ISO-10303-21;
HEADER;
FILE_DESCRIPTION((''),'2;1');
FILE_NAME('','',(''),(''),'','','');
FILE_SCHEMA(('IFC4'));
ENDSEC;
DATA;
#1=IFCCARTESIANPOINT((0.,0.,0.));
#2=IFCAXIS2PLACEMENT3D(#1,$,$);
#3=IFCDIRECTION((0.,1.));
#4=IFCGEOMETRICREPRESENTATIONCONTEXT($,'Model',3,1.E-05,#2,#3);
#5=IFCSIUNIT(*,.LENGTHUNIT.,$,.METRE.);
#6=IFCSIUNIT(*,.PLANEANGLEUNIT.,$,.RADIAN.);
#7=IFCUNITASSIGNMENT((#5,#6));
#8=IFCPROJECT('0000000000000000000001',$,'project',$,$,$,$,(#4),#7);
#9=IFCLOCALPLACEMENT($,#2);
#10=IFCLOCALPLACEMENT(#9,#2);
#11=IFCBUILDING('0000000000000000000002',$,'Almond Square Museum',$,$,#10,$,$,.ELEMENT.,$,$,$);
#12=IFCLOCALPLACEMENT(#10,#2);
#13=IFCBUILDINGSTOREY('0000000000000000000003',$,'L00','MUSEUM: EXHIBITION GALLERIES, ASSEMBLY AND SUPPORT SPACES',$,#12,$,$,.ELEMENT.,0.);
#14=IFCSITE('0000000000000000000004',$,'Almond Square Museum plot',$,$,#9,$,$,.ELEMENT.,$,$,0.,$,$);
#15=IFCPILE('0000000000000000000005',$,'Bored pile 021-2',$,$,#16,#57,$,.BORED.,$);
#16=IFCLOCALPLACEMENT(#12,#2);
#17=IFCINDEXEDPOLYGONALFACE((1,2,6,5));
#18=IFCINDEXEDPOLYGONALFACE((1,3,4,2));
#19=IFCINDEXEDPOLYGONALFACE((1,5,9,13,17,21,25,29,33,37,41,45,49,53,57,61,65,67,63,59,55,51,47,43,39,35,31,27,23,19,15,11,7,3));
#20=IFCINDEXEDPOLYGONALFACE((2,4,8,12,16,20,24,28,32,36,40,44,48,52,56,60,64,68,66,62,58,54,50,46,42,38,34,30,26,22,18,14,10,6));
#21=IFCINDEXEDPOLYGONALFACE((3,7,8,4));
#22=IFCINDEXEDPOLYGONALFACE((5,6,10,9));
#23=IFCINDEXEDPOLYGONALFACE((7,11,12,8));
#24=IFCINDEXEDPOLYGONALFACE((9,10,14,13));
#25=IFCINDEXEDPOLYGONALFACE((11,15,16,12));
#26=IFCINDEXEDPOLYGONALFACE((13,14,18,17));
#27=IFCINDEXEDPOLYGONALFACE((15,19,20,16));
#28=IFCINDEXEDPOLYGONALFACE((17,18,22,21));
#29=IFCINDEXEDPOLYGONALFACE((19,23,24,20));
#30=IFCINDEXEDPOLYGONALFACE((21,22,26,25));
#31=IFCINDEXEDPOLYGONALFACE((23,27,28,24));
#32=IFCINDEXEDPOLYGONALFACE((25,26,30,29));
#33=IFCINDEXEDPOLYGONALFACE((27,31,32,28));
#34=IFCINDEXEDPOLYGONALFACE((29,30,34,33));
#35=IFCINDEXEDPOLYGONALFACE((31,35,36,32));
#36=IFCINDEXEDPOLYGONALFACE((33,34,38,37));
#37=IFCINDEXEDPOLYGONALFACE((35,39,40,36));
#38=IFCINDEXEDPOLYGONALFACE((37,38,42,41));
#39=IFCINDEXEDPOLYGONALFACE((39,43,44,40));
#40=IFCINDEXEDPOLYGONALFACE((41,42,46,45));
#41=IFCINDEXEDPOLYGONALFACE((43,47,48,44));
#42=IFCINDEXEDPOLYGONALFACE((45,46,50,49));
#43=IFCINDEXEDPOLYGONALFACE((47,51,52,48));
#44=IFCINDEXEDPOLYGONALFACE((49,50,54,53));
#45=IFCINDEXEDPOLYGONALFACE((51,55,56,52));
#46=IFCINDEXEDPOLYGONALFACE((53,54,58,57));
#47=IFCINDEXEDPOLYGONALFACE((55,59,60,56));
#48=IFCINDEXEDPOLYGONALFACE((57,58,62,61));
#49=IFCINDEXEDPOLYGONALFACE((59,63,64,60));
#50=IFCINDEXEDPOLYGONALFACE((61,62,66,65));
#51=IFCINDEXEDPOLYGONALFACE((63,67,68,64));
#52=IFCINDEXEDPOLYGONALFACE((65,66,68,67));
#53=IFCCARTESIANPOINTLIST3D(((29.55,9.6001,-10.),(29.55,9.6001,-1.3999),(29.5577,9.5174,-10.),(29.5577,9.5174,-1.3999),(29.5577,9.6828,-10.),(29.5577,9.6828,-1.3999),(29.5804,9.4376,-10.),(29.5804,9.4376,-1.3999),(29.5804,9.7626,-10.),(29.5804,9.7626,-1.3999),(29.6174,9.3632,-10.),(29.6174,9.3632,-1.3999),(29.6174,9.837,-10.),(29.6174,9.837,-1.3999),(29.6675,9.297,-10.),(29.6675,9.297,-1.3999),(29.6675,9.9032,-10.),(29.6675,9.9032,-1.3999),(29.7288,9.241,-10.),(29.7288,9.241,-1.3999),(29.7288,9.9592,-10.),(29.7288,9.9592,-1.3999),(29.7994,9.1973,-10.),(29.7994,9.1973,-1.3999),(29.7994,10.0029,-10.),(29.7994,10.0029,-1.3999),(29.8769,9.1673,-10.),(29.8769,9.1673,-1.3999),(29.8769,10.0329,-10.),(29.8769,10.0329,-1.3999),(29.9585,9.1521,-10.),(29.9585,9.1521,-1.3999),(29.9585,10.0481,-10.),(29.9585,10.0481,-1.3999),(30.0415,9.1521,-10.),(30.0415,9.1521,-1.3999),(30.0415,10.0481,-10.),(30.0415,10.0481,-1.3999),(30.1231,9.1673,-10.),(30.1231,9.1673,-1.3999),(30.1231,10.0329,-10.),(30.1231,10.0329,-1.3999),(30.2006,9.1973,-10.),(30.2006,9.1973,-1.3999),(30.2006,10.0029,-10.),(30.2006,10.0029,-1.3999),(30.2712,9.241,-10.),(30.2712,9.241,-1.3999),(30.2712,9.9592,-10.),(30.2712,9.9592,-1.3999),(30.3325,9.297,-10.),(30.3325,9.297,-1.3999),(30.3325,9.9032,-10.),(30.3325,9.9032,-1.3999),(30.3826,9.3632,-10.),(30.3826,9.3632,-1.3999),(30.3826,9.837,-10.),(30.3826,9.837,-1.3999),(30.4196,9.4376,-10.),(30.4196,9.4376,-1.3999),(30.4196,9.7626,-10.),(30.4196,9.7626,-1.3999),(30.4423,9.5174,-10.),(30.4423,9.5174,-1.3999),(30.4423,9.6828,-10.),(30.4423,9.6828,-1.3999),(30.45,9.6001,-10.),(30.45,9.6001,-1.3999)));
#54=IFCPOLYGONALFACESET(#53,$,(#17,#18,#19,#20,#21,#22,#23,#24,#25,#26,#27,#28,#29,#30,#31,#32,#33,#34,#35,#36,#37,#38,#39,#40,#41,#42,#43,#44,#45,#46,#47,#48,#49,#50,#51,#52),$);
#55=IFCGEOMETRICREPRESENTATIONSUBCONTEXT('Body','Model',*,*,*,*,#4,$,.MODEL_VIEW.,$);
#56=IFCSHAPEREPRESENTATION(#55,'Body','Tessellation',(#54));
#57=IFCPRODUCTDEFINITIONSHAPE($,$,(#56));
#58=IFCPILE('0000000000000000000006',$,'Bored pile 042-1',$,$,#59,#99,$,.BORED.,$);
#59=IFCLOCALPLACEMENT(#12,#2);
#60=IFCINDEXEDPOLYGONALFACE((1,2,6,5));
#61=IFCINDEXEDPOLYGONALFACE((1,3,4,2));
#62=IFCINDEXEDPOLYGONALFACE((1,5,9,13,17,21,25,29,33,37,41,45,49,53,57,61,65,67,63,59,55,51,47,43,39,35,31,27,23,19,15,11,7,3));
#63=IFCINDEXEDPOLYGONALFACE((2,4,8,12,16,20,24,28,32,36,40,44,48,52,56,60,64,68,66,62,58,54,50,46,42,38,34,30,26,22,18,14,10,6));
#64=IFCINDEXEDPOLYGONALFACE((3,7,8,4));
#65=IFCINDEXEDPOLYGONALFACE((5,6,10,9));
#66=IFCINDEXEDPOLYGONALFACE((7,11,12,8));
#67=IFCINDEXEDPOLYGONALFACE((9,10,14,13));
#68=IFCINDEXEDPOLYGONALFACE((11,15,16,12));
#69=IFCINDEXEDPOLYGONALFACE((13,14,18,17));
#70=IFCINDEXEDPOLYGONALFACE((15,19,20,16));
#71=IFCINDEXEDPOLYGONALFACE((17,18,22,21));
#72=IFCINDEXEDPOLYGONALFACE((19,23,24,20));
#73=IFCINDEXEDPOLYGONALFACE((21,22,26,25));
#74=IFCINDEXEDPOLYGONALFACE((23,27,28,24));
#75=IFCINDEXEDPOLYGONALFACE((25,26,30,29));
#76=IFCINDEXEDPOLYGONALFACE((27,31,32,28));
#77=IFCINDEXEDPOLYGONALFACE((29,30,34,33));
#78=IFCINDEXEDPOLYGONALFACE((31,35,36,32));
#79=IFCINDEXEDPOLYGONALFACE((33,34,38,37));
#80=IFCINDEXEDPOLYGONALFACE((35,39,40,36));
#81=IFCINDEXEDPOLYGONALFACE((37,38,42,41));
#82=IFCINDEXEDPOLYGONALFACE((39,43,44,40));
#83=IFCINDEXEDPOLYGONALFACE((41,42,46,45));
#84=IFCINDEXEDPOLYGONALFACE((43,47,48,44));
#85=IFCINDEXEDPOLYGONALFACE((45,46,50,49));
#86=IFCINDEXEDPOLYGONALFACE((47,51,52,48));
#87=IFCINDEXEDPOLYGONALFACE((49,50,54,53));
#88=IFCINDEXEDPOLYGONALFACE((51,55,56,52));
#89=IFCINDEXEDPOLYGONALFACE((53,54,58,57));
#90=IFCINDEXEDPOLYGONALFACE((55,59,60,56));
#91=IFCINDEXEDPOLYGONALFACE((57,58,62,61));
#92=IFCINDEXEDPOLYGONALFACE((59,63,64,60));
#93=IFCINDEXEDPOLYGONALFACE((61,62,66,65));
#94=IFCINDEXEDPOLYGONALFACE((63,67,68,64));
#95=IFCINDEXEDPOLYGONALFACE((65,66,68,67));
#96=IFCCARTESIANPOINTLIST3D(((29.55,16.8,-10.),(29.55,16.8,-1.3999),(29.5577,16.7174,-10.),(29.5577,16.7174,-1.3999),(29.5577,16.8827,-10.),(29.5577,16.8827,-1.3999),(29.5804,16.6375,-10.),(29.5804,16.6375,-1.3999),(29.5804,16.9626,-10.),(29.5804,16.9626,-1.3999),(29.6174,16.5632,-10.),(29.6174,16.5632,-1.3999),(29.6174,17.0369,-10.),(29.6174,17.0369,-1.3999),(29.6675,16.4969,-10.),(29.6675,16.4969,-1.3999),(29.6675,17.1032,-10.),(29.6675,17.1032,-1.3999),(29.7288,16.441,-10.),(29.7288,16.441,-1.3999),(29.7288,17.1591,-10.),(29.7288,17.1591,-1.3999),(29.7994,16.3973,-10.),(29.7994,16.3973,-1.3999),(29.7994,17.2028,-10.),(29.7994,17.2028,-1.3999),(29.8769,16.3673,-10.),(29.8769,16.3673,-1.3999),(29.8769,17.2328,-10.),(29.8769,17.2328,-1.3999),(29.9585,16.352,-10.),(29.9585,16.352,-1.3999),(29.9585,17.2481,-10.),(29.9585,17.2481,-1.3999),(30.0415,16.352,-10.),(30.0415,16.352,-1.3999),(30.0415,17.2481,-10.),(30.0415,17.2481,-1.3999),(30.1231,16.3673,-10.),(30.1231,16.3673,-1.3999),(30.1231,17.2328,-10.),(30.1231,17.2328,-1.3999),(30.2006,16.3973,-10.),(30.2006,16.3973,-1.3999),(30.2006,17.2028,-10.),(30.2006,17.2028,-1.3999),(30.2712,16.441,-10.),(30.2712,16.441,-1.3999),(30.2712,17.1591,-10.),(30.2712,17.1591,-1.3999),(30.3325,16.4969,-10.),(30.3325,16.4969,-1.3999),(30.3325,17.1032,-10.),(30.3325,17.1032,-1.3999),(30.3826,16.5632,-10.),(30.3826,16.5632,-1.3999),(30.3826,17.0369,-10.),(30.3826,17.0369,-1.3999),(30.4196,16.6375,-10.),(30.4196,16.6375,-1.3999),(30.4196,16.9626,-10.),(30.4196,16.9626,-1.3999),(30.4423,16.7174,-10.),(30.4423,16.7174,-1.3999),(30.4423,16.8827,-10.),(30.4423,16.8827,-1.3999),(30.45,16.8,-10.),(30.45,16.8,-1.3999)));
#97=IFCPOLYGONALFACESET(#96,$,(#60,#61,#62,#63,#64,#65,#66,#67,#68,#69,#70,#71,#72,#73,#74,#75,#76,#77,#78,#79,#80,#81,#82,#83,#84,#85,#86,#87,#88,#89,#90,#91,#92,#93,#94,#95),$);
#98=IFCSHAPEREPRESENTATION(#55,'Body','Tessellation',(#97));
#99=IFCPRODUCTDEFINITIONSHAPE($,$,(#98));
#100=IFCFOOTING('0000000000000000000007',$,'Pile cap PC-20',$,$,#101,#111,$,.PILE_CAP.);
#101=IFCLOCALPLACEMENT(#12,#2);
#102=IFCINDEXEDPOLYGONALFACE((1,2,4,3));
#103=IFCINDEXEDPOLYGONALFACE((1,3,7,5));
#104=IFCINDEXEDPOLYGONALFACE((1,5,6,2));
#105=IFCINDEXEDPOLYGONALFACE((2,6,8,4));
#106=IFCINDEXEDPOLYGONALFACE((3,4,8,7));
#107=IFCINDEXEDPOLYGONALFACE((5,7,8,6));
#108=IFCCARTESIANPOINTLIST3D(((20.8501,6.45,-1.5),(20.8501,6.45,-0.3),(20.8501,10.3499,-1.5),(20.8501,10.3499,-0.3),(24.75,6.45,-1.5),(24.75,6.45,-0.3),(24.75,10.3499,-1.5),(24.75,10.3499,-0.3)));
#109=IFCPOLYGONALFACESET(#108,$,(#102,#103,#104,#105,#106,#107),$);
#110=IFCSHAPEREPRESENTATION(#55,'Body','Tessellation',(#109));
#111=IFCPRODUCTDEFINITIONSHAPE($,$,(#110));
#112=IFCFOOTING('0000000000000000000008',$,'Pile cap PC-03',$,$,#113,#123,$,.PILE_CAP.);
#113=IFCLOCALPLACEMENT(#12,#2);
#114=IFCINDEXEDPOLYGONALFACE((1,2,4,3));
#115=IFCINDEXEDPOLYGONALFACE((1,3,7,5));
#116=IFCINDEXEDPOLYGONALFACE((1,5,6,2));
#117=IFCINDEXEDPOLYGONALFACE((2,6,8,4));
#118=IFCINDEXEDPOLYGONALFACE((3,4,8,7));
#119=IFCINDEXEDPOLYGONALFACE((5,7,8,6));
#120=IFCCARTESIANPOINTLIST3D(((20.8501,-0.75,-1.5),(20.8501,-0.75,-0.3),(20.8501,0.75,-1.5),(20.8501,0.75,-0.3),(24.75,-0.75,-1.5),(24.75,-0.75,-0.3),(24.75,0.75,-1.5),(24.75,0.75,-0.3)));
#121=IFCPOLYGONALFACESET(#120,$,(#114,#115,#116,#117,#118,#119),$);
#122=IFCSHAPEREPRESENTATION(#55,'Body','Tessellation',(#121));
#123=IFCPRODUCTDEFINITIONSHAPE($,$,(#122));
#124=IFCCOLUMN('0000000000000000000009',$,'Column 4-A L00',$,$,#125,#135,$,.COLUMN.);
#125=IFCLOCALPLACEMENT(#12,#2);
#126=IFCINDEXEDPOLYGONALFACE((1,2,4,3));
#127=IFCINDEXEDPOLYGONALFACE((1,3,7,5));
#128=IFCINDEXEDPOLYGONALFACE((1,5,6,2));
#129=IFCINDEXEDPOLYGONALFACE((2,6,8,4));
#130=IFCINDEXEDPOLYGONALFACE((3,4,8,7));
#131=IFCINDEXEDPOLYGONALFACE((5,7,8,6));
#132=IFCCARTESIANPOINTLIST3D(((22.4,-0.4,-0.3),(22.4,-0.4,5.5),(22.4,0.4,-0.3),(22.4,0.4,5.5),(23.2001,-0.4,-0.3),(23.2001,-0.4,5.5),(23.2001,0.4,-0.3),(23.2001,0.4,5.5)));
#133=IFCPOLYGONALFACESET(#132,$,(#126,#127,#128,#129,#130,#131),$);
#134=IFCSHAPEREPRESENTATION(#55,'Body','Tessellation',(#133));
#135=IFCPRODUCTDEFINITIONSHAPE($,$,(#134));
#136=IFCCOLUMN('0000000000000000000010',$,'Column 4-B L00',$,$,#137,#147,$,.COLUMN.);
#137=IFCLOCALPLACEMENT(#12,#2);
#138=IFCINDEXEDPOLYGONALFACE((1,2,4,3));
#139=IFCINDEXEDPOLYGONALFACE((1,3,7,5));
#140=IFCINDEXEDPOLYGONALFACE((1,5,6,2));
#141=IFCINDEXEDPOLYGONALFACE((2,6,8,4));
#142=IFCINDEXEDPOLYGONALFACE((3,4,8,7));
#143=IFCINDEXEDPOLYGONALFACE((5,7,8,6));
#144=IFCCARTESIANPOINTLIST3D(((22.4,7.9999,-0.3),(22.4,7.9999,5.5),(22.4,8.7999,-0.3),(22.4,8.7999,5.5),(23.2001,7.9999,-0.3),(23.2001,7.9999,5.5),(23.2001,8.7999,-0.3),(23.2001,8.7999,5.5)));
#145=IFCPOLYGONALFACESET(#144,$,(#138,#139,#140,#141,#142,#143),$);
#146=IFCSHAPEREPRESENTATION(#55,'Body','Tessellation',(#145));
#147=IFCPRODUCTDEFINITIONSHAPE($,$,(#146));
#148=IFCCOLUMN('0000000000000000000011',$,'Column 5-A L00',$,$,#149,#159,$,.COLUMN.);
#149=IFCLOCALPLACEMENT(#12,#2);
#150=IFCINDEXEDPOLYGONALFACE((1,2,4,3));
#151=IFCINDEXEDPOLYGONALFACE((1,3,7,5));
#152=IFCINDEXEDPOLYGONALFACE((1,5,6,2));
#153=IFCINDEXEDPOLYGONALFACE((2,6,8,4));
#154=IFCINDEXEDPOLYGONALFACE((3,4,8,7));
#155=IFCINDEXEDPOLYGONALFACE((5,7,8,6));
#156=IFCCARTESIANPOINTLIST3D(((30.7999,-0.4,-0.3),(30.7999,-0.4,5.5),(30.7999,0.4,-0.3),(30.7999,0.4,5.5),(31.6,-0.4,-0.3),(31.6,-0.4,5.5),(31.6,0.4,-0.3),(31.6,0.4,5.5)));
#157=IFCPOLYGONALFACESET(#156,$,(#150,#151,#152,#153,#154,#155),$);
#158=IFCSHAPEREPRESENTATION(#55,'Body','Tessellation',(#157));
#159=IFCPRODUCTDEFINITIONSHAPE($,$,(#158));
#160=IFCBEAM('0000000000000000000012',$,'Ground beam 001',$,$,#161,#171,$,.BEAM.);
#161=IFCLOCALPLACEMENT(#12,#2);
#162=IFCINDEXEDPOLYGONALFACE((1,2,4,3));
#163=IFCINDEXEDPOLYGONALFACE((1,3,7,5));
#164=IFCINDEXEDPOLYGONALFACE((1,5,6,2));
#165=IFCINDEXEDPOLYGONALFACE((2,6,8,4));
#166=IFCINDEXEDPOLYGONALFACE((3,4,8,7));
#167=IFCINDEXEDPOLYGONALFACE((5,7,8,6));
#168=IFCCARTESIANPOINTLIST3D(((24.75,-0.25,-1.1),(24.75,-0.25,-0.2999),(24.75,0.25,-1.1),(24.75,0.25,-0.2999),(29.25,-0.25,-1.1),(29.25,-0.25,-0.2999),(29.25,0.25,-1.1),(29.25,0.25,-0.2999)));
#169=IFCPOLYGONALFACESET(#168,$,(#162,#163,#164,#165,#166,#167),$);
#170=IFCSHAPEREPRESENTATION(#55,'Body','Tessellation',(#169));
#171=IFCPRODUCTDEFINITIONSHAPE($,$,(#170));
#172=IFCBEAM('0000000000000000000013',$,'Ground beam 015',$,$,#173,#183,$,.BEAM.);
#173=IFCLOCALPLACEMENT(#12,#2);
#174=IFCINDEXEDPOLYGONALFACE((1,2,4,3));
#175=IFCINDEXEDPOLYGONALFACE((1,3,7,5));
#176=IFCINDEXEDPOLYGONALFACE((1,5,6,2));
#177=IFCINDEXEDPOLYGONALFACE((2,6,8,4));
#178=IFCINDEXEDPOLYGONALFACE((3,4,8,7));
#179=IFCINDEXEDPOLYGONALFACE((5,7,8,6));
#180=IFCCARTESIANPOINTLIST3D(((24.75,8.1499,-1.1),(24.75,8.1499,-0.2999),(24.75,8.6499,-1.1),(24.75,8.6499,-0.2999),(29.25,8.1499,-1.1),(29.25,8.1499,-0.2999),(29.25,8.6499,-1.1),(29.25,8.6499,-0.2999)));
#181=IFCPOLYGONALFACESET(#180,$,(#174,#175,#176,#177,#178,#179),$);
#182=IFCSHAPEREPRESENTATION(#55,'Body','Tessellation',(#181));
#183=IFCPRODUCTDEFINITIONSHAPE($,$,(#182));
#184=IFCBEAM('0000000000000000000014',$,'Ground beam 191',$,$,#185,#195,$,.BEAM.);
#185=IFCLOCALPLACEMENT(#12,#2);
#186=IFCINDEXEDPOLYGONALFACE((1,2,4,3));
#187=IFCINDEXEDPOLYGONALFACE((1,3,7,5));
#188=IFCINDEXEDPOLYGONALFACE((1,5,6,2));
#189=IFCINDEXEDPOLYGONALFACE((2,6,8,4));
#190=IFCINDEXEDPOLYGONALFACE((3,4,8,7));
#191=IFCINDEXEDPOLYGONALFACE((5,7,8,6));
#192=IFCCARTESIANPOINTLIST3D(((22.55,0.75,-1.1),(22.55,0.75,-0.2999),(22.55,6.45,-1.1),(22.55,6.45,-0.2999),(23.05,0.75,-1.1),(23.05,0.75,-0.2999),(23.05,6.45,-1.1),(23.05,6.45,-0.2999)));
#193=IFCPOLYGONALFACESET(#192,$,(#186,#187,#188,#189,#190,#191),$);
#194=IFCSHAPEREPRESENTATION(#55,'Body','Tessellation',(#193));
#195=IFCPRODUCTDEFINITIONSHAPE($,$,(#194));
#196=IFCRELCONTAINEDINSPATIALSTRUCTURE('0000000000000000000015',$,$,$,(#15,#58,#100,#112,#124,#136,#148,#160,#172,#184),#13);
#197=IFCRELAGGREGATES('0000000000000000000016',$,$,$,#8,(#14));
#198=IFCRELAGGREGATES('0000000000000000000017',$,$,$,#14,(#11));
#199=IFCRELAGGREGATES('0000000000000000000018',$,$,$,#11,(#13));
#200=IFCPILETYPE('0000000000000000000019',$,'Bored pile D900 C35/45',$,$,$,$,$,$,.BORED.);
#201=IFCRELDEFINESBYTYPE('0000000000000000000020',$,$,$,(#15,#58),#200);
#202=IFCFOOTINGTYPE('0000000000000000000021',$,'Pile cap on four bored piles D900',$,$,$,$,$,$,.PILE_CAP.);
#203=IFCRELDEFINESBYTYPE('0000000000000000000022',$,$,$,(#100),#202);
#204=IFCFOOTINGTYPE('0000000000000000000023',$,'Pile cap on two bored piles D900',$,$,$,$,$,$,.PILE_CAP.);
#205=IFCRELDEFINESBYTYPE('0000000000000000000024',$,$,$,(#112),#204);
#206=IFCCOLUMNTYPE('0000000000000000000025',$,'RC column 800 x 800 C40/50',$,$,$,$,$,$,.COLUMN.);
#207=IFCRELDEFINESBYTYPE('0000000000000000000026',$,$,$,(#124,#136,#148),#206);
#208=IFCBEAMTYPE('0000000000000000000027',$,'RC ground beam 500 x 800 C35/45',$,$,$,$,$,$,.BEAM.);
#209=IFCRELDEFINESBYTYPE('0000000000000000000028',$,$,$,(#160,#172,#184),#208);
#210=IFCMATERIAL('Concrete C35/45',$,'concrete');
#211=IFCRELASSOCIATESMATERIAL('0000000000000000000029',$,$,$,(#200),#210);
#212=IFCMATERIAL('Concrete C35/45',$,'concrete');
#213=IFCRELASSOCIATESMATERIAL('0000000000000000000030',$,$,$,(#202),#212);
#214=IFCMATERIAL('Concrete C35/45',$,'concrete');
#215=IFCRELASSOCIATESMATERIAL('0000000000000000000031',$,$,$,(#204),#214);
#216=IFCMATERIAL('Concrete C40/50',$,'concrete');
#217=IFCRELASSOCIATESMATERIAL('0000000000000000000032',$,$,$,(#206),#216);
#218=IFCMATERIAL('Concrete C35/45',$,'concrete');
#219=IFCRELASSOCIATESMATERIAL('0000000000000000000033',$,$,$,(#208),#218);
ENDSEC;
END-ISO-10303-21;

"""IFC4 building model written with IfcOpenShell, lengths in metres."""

from ifc_helpers import new_model, si_unit, direction, frame, origin, origin_2d, place, context, subcontext, project, spatial, rectangle, circle, extrude, material, material_profile, profile_set, type_object, element, save


model = new_model("IFC4")

# Units and contexts
model_context = context("Model", 3, precision=1e-05, world=origin(), true_north=direction((0.0, 1.0)))
body_context = subcontext(model_context, "Body", "Model", "MODEL_VIEW")
ifc_project = project(units=[si_unit("LENGTHUNIT", "METRE"), si_unit("PLANEANGLEUNIT", "RADIAN")], contexts=[model_context])

# Site, building, storey
site_placement = place(None, origin())
site = spatial("IfcSite", under=ifc_project, at=site_placement, Name="Almond Square Museum plot", CompositionType="ELEMENT", RefElevation=0.0)
building_placement = place(site_placement, origin())
building = spatial("IfcBuilding", under=site, at=building_placement, Name="Almond Square Museum", CompositionType="ELEMENT")
storey_placement = place(building_placement, origin())
storey = spatial("IfcBuildingStorey", under=building, at=storey_placement, Name="L00", Description="MUSEUM: EXHIBITION GALLERIES, ASSEMBLY AND SUPPORT SPACES", CompositionType="ELEMENT", Elevation=0.0)

# Piles
ifc_material_1 = material(Name="Concrete C35/45", Category="concrete")
ifc_material_profile_1 = material_profile(ifc_material_1, circle(Radius=0.45, at=origin_2d()))
ifc_profile_set_1 = profile_set([ifc_material_profile_1], Name="Concrete C35/45")
pile_type = type_object("IfcPileType", Name="Bored pile D900 C35/45", PredefinedType="BORED", material=ifc_profile_set_1)
for number, where, z_axis, x_axis, name in (
    (1, (30.0, 9.6001, -1.3999), (0.0, 0.0, -1.0), (1.0, 0.0, 0.0), "Bored pile 021-2"),
    (2, (30.0, 16.8, -1.3999), (0.0, 0.0, -1.0), (1.0, 0.0, 0.0), "Bored pile 042-1"),
):
    element("IfcPile", number, at=place(storey_placement, frame(where, z_axis=z_axis, x_axis=x_axis)), inside=storey, type_object=pile_type, Name=name, PredefinedType="BORED", context=body_context, shape_type="SweptSolid", body=[
        extrude(circle(Radius=0.45, at=origin_2d()), origin(), (0.0, 0.0, 1.0), 8.6001),
    ])

# Footings
ifc_material_2 = material(Name="Concrete C35/45", Category="concrete")
footing_type_1 = type_object("IfcFootingType", Name="Pile cap on four bored piles D900", PredefinedType="PILE_CAP", material=ifc_material_2)
footing_1_placement = place(storey_placement, frame((22.8, 8.3999, -1.5), z_axis=(0.0, 0.0, 1.0), x_axis=(1.0, 0.0, 0.0)))
element("IfcFooting", 3, at=footing_1_placement, inside=storey, type_object=footing_type_1, Name="Pile cap PC-20", PredefinedType="PILE_CAP", context=body_context, shape_type="SweptSolid", body=[
    extrude(rectangle(XDim=3.8999, YDim=3.8999, at=origin_2d()), origin(), (0.0, 0.0, 1.0), 1.2),
])
ifc_material_3 = material(Name="Concrete C35/45", Category="concrete")
footing_type_2 = type_object("IfcFootingType", Name="Pile cap on two bored piles D900", PredefinedType="PILE_CAP", material=ifc_material_3)
footing_2_placement = place(storey_placement, frame((22.8, 0.0, -1.5), z_axis=(0.0, 0.0, 1.0), x_axis=(1.0, 0.0, 0.0)))
element("IfcFooting", 4, at=footing_2_placement, inside=storey, type_object=footing_type_2, Name="Pile cap PC-03", PredefinedType="PILE_CAP", context=body_context, shape_type="SweptSolid", body=[
    extrude(rectangle(XDim=3.8999, YDim=1.5, at=origin_2d()), origin(), (0.0, 0.0, 1.0), 1.2),
])

# Columns
ifc_material_4 = material(Name="Concrete C40/50", Category="concrete")
ifc_material_profile_2 = material_profile(ifc_material_4, rectangle(XDim=0.8, YDim=0.8, at=origin_2d()))
ifc_profile_set_2 = profile_set([ifc_material_profile_2], Name="Concrete C40/50")
column_type = type_object("IfcColumnType", Name="RC column 800 x 800 C40/50", PredefinedType="COLUMN", material=ifc_profile_set_2)
for number, where, z_axis, x_axis, name in (
    (5, (22.8, 0.0, -0.3), (0.0, 0.0, 1.0), (1.0, 0.0, 0.0), "Column 4-A L00"),
    (6, (22.8, 8.3999, -0.3), (0.0, 0.0, 1.0), (1.0, 0.0, 0.0), "Column 4-B L00"),
    (7, (31.2, 0.0, -0.3), (0.0, 0.0, 1.0), (1.0, 0.0, 0.0), "Column 5-A L00"),
):
    element("IfcColumn", number, at=place(storey_placement, frame(where, z_axis=z_axis, x_axis=x_axis)), inside=storey, type_object=column_type, Name=name, PredefinedType="COLUMN", context=body_context, shape_type="SweptSolid", body=[
        extrude(rectangle(XDim=0.8, YDim=0.8, at=origin_2d()), origin(), (0.0, 0.0, 1.0), 5.8),
    ])

# Beams
ifc_material_5 = material(Name="Concrete C35/45", Category="concrete")
ifc_material_profile_3 = material_profile(ifc_material_5, rectangle(XDim=0.5, YDim=0.8, at=origin_2d()))
ifc_profile_set_3 = profile_set([ifc_material_profile_3], Name="Concrete C35/45")
beam_type = type_object("IfcBeamType", Name="RC ground beam 500 x 800 C35/45", PredefinedType="BEAM", material=ifc_profile_set_3)
for number, where, z_axis, x_axis, name in (
    (8, (24.75, 0.0, -0.7), (1.0, 0.0, 0.0), (0.0, 1.0, 0.0), "Ground beam 001"),
    (9, (24.75, 8.3999, -0.7), (1.0, 0.0, 0.0), (0.0, 1.0, 0.0), "Ground beam 015"),
):
    element("IfcBeam", number, at=place(storey_placement, frame(where, z_axis=z_axis, x_axis=x_axis)), inside=storey, type_object=beam_type, Name=name, PredefinedType="BEAM", context=body_context, shape_type="SweptSolid", body=[
        extrude(rectangle(XDim=0.5, YDim=0.8, at=origin_2d()), origin(), (0.0, 0.0, 1.0), 4.5),
    ])
beam_placement = place(storey_placement, frame((22.8, 0.75, -0.7), z_axis=(0.0, 1.0, 0.0), x_axis=(-1.0, 0.0, 0.0)))
element("IfcBeam", 10, at=beam_placement, inside=storey, type_object=beam_type, Name="Ground beam 191", PredefinedType="BEAM", context=body_context, shape_type="SweptSolid", body=[
    extrude(rectangle(XDim=0.5, YDim=0.8, at=origin_2d()), origin(), (0.0, 0.0, 1.0), 5.7),
])

save(model, "model.ifc")
